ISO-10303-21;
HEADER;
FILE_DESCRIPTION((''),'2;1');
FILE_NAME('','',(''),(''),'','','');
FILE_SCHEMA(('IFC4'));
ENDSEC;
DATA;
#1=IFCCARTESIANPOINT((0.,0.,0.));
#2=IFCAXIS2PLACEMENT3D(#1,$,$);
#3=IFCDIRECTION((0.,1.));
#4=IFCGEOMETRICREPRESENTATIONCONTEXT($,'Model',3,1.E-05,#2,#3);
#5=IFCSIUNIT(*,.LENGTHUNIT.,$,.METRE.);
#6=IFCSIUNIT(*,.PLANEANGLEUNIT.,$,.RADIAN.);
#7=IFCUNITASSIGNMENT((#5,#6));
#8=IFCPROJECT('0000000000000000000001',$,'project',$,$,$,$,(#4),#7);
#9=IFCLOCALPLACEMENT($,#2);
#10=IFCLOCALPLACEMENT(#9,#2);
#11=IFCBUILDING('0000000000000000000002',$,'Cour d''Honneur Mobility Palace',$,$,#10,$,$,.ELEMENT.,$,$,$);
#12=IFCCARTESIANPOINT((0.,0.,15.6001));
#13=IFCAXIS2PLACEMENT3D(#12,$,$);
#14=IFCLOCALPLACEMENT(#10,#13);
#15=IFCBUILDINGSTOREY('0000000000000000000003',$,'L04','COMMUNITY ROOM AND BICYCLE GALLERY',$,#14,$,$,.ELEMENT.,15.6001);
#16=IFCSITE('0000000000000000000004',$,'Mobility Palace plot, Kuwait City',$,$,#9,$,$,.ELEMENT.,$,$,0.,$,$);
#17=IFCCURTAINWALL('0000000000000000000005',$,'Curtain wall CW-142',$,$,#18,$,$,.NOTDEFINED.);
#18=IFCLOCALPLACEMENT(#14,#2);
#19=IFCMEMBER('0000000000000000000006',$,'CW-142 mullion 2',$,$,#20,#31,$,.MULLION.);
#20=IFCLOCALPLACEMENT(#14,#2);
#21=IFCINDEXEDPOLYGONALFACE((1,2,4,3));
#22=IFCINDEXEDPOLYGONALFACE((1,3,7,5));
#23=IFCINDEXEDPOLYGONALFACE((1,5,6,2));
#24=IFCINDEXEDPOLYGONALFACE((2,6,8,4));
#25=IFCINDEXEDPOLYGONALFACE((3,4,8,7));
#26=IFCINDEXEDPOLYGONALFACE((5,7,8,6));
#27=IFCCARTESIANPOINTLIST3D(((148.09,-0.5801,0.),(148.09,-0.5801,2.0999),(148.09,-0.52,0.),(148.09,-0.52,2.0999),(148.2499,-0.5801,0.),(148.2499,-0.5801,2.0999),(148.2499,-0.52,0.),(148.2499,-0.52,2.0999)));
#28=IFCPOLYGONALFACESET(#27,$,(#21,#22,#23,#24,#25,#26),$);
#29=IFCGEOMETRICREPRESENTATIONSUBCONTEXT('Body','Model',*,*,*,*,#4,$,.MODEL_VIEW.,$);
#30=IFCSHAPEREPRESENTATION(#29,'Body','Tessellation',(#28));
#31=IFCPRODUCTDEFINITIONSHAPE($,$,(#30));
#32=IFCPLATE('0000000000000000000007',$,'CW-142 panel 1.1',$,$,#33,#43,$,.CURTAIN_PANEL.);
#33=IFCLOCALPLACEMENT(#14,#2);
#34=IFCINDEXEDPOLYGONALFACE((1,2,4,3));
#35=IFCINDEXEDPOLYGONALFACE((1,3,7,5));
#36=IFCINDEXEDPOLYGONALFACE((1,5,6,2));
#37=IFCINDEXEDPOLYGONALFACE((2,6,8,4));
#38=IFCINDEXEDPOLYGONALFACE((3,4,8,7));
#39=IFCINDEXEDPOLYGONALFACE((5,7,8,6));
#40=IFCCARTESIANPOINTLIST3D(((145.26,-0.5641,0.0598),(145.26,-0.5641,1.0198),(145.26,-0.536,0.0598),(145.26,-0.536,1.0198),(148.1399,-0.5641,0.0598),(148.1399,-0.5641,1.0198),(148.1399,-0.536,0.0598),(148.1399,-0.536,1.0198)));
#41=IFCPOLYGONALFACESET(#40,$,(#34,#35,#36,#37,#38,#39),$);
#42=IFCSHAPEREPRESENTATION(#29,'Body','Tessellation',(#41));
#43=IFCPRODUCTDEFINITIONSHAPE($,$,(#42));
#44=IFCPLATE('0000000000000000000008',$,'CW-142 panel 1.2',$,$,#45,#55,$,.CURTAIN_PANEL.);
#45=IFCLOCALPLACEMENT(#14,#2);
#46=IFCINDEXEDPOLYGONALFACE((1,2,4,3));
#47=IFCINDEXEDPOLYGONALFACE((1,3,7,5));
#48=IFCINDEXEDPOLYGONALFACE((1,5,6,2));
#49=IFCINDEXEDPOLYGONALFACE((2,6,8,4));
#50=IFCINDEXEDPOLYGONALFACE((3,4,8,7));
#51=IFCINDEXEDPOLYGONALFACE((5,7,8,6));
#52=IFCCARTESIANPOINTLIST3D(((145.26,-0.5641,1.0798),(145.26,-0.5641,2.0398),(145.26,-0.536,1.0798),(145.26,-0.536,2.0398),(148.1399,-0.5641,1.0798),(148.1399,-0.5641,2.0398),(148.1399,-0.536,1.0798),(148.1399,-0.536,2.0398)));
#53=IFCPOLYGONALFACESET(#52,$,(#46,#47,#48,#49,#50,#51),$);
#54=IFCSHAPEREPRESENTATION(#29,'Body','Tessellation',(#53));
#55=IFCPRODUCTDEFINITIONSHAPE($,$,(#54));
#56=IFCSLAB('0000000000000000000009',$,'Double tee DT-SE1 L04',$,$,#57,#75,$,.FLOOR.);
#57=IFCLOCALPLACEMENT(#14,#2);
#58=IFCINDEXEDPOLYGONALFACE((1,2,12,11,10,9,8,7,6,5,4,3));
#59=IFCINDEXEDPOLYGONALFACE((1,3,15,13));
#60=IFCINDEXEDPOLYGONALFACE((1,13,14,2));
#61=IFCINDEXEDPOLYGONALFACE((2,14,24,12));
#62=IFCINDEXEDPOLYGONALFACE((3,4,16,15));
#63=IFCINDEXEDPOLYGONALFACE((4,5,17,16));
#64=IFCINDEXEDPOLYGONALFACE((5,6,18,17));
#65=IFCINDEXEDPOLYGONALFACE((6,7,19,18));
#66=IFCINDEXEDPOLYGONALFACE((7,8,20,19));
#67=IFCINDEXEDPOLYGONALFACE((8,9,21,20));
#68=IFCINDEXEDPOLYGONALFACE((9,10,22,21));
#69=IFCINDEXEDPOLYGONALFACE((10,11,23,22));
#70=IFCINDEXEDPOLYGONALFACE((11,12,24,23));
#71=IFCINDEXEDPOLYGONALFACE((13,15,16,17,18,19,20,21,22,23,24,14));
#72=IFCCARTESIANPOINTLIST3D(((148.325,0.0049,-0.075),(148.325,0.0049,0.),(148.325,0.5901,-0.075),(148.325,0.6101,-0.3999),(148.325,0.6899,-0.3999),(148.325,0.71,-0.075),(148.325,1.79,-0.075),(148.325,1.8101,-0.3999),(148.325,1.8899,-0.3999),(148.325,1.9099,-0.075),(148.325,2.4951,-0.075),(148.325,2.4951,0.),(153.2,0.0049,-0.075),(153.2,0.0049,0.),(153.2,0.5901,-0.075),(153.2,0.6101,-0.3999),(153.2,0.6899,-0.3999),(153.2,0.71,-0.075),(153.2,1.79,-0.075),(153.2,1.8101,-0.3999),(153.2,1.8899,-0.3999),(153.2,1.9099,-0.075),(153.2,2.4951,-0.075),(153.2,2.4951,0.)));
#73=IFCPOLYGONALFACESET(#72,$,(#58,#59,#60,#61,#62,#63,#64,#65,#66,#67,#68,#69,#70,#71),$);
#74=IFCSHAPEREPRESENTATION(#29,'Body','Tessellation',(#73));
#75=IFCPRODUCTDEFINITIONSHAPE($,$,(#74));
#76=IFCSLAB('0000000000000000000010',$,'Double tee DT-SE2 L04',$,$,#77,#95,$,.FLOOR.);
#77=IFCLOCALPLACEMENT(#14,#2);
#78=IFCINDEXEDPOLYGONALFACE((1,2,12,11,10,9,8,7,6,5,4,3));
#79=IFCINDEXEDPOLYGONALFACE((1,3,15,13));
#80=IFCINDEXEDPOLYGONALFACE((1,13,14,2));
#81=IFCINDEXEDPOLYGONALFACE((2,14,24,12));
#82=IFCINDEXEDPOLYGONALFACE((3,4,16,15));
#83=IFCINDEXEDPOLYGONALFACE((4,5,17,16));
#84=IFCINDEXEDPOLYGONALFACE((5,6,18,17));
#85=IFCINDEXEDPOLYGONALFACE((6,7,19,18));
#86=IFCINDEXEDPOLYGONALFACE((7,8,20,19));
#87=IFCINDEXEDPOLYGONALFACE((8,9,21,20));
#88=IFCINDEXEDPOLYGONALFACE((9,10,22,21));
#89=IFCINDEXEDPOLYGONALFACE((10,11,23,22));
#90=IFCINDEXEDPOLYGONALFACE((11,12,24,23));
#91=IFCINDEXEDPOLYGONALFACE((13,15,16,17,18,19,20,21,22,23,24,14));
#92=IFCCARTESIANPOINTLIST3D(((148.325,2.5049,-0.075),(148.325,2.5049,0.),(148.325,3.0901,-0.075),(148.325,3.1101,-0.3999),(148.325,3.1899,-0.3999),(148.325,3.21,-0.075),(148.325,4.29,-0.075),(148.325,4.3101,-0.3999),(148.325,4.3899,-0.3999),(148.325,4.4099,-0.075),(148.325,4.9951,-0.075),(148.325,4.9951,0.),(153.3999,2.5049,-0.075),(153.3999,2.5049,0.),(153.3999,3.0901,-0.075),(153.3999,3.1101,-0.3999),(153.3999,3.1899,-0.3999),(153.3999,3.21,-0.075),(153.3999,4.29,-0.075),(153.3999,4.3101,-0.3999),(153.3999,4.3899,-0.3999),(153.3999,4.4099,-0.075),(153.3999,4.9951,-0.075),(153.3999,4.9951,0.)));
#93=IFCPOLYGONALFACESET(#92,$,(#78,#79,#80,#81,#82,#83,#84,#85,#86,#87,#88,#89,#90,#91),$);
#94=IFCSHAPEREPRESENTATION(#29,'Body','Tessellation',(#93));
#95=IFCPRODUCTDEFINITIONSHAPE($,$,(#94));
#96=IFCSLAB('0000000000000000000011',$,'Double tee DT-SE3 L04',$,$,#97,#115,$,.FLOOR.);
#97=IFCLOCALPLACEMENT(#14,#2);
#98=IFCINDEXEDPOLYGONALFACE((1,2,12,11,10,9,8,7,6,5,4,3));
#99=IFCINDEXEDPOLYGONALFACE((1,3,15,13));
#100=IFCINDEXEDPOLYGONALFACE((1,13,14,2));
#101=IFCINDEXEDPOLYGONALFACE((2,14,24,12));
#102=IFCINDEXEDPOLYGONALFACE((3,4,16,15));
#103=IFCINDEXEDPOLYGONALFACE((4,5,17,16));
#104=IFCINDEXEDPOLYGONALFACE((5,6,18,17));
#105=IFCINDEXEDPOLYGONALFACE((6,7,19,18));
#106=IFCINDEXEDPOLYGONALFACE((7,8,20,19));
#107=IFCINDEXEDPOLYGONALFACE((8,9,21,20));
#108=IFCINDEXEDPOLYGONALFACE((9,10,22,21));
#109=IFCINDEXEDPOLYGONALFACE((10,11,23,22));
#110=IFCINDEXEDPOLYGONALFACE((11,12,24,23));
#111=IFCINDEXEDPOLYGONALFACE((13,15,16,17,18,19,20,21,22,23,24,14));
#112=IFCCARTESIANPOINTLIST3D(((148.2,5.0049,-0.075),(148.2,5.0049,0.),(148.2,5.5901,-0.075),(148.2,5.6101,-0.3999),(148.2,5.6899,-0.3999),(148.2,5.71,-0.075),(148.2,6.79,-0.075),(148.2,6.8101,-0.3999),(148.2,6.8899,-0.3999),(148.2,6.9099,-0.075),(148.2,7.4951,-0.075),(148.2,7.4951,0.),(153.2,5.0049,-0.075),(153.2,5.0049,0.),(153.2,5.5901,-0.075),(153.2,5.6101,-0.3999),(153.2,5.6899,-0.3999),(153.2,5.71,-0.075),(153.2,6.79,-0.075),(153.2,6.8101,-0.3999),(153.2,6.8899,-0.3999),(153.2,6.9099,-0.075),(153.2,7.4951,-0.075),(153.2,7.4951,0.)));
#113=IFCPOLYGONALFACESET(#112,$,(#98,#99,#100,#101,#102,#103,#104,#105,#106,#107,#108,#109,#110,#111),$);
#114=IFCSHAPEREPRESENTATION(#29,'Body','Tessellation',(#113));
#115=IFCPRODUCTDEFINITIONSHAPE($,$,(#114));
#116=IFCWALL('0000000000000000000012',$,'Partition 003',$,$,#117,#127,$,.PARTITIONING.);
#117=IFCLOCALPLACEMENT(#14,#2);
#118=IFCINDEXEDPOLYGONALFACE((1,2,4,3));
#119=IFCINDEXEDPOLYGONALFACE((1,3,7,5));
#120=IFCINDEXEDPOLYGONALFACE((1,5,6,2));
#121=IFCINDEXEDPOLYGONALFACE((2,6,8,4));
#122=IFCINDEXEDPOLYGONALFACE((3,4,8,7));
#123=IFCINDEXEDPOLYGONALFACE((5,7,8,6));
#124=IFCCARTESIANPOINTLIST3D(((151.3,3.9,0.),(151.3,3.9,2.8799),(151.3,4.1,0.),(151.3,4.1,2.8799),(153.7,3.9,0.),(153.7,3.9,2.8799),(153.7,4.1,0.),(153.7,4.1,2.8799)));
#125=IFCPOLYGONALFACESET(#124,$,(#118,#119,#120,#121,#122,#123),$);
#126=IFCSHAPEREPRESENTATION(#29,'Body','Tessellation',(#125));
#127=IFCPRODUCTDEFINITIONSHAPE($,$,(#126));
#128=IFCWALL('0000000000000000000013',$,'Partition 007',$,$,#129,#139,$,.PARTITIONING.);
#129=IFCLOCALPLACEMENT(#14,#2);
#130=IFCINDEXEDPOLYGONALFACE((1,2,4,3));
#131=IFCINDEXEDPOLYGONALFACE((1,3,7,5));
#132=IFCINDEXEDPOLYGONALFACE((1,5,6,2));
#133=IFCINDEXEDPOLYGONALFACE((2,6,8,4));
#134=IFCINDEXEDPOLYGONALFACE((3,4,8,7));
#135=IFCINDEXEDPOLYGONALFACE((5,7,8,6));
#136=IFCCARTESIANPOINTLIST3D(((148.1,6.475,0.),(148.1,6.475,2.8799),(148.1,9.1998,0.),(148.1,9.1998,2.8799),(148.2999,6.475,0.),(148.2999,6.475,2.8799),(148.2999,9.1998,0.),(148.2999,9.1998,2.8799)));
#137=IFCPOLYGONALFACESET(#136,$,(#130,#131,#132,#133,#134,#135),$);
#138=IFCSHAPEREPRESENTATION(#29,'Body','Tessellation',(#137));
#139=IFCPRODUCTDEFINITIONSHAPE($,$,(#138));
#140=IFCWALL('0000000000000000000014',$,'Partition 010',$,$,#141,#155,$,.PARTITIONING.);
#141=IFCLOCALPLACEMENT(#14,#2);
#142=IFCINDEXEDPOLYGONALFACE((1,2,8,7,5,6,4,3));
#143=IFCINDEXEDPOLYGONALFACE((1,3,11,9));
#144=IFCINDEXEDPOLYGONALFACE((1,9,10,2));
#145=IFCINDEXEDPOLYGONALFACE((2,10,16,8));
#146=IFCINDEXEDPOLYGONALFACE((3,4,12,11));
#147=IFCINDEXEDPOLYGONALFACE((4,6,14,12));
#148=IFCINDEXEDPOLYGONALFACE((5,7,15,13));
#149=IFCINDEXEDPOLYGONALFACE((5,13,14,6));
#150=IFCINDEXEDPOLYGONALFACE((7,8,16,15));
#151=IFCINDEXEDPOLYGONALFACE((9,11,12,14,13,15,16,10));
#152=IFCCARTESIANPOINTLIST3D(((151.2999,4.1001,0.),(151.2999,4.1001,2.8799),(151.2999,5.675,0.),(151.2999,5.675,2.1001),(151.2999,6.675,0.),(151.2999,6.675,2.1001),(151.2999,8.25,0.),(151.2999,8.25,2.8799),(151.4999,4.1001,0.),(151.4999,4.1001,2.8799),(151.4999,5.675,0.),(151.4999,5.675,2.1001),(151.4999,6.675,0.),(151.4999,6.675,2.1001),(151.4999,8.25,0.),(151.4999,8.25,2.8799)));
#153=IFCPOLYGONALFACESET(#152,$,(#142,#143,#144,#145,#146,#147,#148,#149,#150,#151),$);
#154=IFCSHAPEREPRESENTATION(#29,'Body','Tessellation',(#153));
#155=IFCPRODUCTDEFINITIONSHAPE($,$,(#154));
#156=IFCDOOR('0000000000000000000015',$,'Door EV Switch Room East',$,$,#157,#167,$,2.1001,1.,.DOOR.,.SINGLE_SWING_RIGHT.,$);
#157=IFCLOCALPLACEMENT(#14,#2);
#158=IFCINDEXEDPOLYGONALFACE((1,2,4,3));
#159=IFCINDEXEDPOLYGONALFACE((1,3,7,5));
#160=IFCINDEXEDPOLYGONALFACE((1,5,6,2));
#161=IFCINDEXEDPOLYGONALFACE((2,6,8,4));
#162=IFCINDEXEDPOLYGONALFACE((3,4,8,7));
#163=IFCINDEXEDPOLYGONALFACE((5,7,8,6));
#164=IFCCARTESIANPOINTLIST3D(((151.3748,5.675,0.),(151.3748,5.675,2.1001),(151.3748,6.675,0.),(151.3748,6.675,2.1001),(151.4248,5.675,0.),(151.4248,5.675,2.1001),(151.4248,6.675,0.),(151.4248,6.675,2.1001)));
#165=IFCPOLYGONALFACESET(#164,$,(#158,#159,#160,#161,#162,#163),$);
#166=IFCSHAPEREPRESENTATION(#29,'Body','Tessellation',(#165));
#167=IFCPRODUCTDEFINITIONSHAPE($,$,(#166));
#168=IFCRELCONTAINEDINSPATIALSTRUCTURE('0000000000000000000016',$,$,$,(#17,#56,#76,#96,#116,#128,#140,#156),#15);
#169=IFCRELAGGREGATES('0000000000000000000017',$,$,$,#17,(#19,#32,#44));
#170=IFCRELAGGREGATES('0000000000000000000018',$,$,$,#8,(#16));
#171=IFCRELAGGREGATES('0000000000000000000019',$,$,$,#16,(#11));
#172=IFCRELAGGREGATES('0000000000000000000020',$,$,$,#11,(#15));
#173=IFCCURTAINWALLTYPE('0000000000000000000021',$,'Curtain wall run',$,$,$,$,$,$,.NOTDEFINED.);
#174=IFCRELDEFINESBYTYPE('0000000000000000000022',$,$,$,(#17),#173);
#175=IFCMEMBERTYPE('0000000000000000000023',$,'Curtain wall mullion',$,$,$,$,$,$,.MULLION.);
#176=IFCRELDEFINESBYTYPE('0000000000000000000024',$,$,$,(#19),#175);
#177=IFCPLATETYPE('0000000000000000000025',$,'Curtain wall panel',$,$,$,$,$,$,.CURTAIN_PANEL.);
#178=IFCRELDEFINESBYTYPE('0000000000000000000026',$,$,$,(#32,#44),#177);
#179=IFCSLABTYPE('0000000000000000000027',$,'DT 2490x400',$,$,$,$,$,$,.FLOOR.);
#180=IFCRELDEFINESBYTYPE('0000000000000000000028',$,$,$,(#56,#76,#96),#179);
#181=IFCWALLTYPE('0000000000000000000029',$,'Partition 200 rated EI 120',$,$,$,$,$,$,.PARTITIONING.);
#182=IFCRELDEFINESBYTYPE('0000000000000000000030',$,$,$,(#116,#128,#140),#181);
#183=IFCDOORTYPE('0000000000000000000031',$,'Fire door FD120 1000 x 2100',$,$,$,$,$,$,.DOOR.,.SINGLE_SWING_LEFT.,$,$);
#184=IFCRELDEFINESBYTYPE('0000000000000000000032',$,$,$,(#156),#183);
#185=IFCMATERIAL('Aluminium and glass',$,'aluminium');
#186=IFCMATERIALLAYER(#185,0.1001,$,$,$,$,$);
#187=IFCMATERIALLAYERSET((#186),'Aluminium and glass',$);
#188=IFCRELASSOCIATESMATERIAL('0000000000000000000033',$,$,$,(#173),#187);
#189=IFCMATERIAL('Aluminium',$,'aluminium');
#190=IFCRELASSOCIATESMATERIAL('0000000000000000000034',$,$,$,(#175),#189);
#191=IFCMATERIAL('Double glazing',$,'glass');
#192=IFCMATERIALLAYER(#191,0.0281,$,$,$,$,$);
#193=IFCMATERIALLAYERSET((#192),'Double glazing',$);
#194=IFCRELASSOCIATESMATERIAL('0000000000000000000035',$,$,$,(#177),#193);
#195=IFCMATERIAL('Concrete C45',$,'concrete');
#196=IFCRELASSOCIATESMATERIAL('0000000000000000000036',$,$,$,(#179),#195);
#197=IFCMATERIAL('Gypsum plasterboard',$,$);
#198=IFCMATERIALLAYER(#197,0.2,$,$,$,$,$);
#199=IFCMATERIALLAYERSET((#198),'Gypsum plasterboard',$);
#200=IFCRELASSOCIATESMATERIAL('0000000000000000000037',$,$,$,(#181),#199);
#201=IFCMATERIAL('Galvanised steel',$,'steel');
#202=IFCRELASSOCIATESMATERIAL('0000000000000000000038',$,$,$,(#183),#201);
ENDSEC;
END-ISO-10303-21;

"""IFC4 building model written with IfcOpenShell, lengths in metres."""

from ifc_helpers import new_model, si_unit, direction, frame, frame_2d, origin, origin_2d, place, context, subcontext, project, spatial, polyline, rectangle, outline, extrude, material, layer, layer_set, material_profile, profile_set, type_object, element, fill, aggregate, save


model = new_model("IFC4")

# Units and contexts
model_context = context("Model", 3, precision=1e-05, world=origin(), true_north=direction((0.0, 1.0)))
body_context = subcontext(model_context, "Body", "Model", "MODEL_VIEW")
ifc_project = project(units=[si_unit("LENGTHUNIT", "METRE"), si_unit("PLANEANGLEUNIT", "RADIAN")], contexts=[model_context])

# Site, building, storey
site_placement = place(None, origin())
site = spatial("IfcSite", under=ifc_project, at=site_placement, Name="Mobility Palace plot, Kuwait City", CompositionType="ELEMENT", RefElevation=0.0)
building_placement = place(site_placement, origin())
building = spatial("IfcBuilding", under=site, at=building_placement, Name="Cour d'Honneur Mobility Palace", CompositionType="ELEMENT")
storey_placement = place(building_placement, frame((0.0, 0.0, 15.6001)))
storey = spatial("IfcBuildingStorey", under=building, at=storey_placement, Name="L04", Description="COMMUNITY ROOM AND BICYCLE GALLERY", CompositionType="ELEMENT", Elevation=15.6001)

# Curtain wall, member, plates
ifc_material_1 = material(Name="Aluminium and glass", Category="aluminium")
ifc_layer_1 = layer(ifc_material_1, 0.1001)
ifc_layer_set_1 = layer_set([ifc_layer_1], Name="Aluminium and glass")
curtain_wall_type = type_object("IfcCurtainWallType", Name="Curtain wall run", PredefinedType="NOTDEFINED", material=ifc_layer_set_1)
curtain_wall_placement = place(storey_placement, origin())
curtain_wall = element("IfcCurtainWall", 1, at=curtain_wall_placement, inside=storey, type_object=curtain_wall_type, Name="Curtain wall CW-142", PredefinedType="NOTDEFINED")
ifc_material_2 = material(Name="Aluminium", Category="aluminium")
ifc_material_profile_1 = material_profile(ifc_material_2, rectangle(XDim=0.0601, YDim=0.1599, at=origin_2d()), Name="Curtain wall mullion")
ifc_profile_set_1 = profile_set([ifc_material_profile_1], Name="Aluminium")
member_type = type_object("IfcMemberType", Name="Curtain wall mullion", PredefinedType="MULLION", material=ifc_profile_set_1)
member_placement = place(storey_placement, frame((148.1699, -0.55, 0.0), z_axis=(0.0, 0.0, 1.0), x_axis=(0.0, 1.0, 0.0)))
member = element("IfcMember", 2, at=member_placement, type_object=member_type, Name="CW-142 mullion 2", PredefinedType="MULLION", context=body_context, shape_type="SweptSolid", body=[
    extrude(rectangle(XDim=0.0601, YDim=0.1599, at=origin_2d()), origin(), (0.0, 0.0, 1.0), 2.0999),
])
ifc_material_3 = material(Name="Double glazing", Category="glass")
ifc_layer_2 = layer(ifc_material_3, 0.0281)
ifc_layer_set_2 = layer_set([ifc_layer_2], Name="Double glazing")
plate_type = type_object("IfcPlateType", Name="Curtain wall panel", PredefinedType="CURTAIN_PANEL", material=ifc_layer_set_2)
plate_1_placement = place(storey_placement, frame((146.7, -0.55, 0.0598), z_axis=(0.0, 0.0, 1.0), x_axis=(1.0, 0.0, 0.0)))
plate_1 = element("IfcPlate", 3, at=plate_1_placement, type_object=plate_type, Name="CW-142 panel 1.1", PredefinedType="CURTAIN_PANEL", context=body_context, shape_type="SweptSolid", body=[
    extrude(rectangle(XDim=2.8799, YDim=0.0281, at=origin_2d()), origin(), (0.0, 0.0, 1.0), 0.96),
])
plate_2_placement = place(storey_placement, frame((146.7, -0.55, 1.0798), z_axis=(0.0, 0.0, 1.0), x_axis=(1.0, 0.0, 0.0)))
plate_2 = element("IfcPlate", 4, at=plate_2_placement, type_object=plate_type, Name="CW-142 panel 1.2", PredefinedType="CURTAIN_PANEL", context=body_context, shape_type="SweptSolid", body=[
    extrude(rectangle(XDim=2.8799, YDim=0.0281, at=origin_2d()), origin(), (0.0, 0.0, 1.0), 0.96),
])
aggregate(curtain_wall, [member, plate_1, plate_2])

# Slabs
ifc_material_4 = material(Name="Concrete C45", Category="concrete")
ifc_material_profile_2 = material_profile(ifc_material_4, outline(polyline([(-1.2451, 0.0), (1.2451, 0.0), (1.2451, -0.075), (0.6599, -0.075), (0.6399, -0.3999), (0.5601, -0.3999), (0.54, -0.075), (-0.54, -0.075), (-0.5601, -0.3999), (-0.6399, -0.3999), (-0.6599, -0.075), (-1.2451, -0.075), (-1.2451, 0.0)])), Name="DT 2490x400")
ifc_profile_set_2 = profile_set([ifc_material_profile_2], Name="Concrete C45")
slab_type = type_object("IfcSlabType", Name="DT 2490x400", PredefinedType="FLOOR", material=ifc_profile_set_2)
slab_1_placement = place(storey_placement, frame((148.325, 1.25, 0.0), z_axis=(1.0, 0.0, 0.0), x_axis=(0.0, 1.0, 0.0)))
element("IfcSlab", 5, at=slab_1_placement, inside=storey, type_object=slab_type, Name="Double tee DT-SE1 L04", PredefinedType="FLOOR", context=body_context, shape_type="SweptSolid", body=[
    extrude(outline(polyline([(-1.2451, 0.0), (1.2451, 0.0), (1.2451, -0.075), (0.6599, -0.075), (0.6399, -0.3999), (0.5601, -0.3999), (0.54, -0.075), (-0.54, -0.075), (-0.5601, -0.3999), (-0.6399, -0.3999), (-0.6599, -0.075), (-1.2451, -0.075), (-1.2451, 0.0)])), origin(), (0.0, 0.0, 1.0), 4.875),
])
slab_2_placement = place(storey_placement, frame((148.325, 3.75, 0.0), z_axis=(1.0, 0.0, 0.0), x_axis=(0.0, 1.0, 0.0)))
element("IfcSlab", 6, at=slab_2_placement, inside=storey, type_object=slab_type, Name="Double tee DT-SE2 L04", PredefinedType="FLOOR", context=body_context, shape_type="SweptSolid", body=[
    extrude(outline(polyline([(-1.2451, 0.0), (1.2451, 0.0), (1.2451, -0.075), (0.6599, -0.075), (0.6399, -0.3999), (0.5601, -0.3999), (0.54, -0.075), (-0.54, -0.075), (-0.5601, -0.3999), (-0.6399, -0.3999), (-0.6599, -0.075), (-1.2451, -0.075), (-1.2451, 0.0)])), origin(), (0.0, 0.0, 1.0), 5.075),
])
slab_3_placement = place(storey_placement, frame((148.2, 6.25, 0.0), z_axis=(1.0, 0.0, 0.0), x_axis=(0.0, 1.0, 0.0)))
element("IfcSlab", 7, at=slab_3_placement, inside=storey, type_object=slab_type, Name="Double tee DT-SE3 L04", PredefinedType="FLOOR", context=body_context, shape_type="SweptSolid", body=[
    extrude(outline(polyline([(-1.2451, 0.0), (1.2451, 0.0), (1.2451, -0.075), (0.6599, -0.075), (0.6399, -0.3999), (0.5601, -0.3999), (0.54, -0.075), (-0.54, -0.075), (-0.5601, -0.3999), (-0.6399, -0.3999), (-0.6599, -0.075), (-1.2451, -0.075), (-1.2451, 0.0)])), origin(), (0.0, 0.0, 1.0), 5.0),
])

# Walls
ifc_material_5 = material(Name="Gypsum plasterboard")
ifc_layer_3 = layer(ifc_material_5, 0.2)
ifc_layer_set_3 = layer_set([ifc_layer_3], Name="Gypsum plasterboard")
wall_type_1 = type_object("IfcWallType", Name="Partition 200 rated EI 120", PredefinedType="PARTITIONING", material=ifc_layer_set_3)
wall_1_placement = place(storey_placement, frame((151.3, 4.0, 0.0), z_axis=(0.0, 0.0, 1.0), x_axis=(1.0, 0.0, 0.0)))
element("IfcWall", 8, at=wall_1_placement, inside=storey, type_object=wall_type_1, Name="Partition 003", PredefinedType="PARTITIONING", context=body_context, shape_type="SweptSolid", body=[
    extrude(rectangle(XDim=2.3999, YDim=0.2, at=frame_2d((1.2, 0.0))), origin(), (0.0, 0.0, 1.0), 2.8799),
])
wall_2_placement = place(storey_placement, frame((148.2, 6.4751, 0.0), z_axis=(0.0, 0.0, 1.0), x_axis=(0.0, 1.0, 0.0)))
element("IfcWall", 9, at=wall_2_placement, inside=storey, type_object=wall_type_1, Name="Partition 007", PredefinedType="PARTITIONING", context=body_context, shape_type="SweptSolid", body=[
    extrude(rectangle(XDim=2.7249, YDim=0.2, at=frame_2d((1.3623, 0.0))), origin(), (0.0, 0.0, 1.0), 2.8799),
])

# Wall, opening, door
wall_3_placement = place(storey_placement, frame((151.3999, 8.25, 0.0), z_axis=(0.0, 0.0, 1.0), x_axis=(0.0, -1.0, 0.0)))
wall_3 = element("IfcWall", 10, at=wall_3_placement, inside=storey, type_object=wall_type_1, Name="Partition 010", PredefinedType="PARTITIONING", context=body_context, shape_type="SweptSolid", body=[
    extrude(rectangle(XDim=4.1499, YDim=0.2, at=frame_2d((2.075, 0.0))), origin(), (0.0, 0.0, 1.0), 2.8799),
])
opening_1_placement = place(wall_3_placement, frame((1.575, 0.0, 0.0)))
opening_1 = element("IfcOpeningElement", 11, at=opening_1_placement, cuts=wall_3, PredefinedType="OPENING", context=body_context, shape_type="SweptSolid", body=[
    extrude(rectangle(XDim=1.0, YDim=2.1001, at=frame_2d((0.5, 1.05))), frame((0.0, 0.1099, 0.0), z_axis=(0.0, -1.0, 0.0), x_axis=(1.0, 0.0, 0.0)), (0.0, 0.0, 1.0), 0.22),
])
ifc_material_6 = material(Name="Galvanised steel", Category="steel")
door_type = type_object("IfcDoorType", Name="Fire door FD120 1000 x 2100", OperationType="SINGLE_SWING_LEFT", PredefinedType="DOOR", material=ifc_material_6)
door_1_placement = place(opening_1_placement, origin())
door_1 = element("IfcDoor", 12, at=door_1_placement, inside=storey, type_object=door_type, Name="Door EV Switch Room East", OperationType="SINGLE_SWING_RIGHT", OverallHeight=2.1001, OverallWidth=1.0, PredefinedType="DOOR", context=body_context, shape_type="SweptSolid", body=[
    extrude(rectangle(XDim=1.0, YDim=2.1001, at=frame_2d((0.5, 1.05))), frame((0.0, 0.0249, 0.0), z_axis=(0.0, -1.0, 0.0), x_axis=(1.0, 0.0, 0.0)), (0.0, 0.0, 1.0), 0.05),
])
fill(opening_1, door_1)

save(model, "model.ifc")
